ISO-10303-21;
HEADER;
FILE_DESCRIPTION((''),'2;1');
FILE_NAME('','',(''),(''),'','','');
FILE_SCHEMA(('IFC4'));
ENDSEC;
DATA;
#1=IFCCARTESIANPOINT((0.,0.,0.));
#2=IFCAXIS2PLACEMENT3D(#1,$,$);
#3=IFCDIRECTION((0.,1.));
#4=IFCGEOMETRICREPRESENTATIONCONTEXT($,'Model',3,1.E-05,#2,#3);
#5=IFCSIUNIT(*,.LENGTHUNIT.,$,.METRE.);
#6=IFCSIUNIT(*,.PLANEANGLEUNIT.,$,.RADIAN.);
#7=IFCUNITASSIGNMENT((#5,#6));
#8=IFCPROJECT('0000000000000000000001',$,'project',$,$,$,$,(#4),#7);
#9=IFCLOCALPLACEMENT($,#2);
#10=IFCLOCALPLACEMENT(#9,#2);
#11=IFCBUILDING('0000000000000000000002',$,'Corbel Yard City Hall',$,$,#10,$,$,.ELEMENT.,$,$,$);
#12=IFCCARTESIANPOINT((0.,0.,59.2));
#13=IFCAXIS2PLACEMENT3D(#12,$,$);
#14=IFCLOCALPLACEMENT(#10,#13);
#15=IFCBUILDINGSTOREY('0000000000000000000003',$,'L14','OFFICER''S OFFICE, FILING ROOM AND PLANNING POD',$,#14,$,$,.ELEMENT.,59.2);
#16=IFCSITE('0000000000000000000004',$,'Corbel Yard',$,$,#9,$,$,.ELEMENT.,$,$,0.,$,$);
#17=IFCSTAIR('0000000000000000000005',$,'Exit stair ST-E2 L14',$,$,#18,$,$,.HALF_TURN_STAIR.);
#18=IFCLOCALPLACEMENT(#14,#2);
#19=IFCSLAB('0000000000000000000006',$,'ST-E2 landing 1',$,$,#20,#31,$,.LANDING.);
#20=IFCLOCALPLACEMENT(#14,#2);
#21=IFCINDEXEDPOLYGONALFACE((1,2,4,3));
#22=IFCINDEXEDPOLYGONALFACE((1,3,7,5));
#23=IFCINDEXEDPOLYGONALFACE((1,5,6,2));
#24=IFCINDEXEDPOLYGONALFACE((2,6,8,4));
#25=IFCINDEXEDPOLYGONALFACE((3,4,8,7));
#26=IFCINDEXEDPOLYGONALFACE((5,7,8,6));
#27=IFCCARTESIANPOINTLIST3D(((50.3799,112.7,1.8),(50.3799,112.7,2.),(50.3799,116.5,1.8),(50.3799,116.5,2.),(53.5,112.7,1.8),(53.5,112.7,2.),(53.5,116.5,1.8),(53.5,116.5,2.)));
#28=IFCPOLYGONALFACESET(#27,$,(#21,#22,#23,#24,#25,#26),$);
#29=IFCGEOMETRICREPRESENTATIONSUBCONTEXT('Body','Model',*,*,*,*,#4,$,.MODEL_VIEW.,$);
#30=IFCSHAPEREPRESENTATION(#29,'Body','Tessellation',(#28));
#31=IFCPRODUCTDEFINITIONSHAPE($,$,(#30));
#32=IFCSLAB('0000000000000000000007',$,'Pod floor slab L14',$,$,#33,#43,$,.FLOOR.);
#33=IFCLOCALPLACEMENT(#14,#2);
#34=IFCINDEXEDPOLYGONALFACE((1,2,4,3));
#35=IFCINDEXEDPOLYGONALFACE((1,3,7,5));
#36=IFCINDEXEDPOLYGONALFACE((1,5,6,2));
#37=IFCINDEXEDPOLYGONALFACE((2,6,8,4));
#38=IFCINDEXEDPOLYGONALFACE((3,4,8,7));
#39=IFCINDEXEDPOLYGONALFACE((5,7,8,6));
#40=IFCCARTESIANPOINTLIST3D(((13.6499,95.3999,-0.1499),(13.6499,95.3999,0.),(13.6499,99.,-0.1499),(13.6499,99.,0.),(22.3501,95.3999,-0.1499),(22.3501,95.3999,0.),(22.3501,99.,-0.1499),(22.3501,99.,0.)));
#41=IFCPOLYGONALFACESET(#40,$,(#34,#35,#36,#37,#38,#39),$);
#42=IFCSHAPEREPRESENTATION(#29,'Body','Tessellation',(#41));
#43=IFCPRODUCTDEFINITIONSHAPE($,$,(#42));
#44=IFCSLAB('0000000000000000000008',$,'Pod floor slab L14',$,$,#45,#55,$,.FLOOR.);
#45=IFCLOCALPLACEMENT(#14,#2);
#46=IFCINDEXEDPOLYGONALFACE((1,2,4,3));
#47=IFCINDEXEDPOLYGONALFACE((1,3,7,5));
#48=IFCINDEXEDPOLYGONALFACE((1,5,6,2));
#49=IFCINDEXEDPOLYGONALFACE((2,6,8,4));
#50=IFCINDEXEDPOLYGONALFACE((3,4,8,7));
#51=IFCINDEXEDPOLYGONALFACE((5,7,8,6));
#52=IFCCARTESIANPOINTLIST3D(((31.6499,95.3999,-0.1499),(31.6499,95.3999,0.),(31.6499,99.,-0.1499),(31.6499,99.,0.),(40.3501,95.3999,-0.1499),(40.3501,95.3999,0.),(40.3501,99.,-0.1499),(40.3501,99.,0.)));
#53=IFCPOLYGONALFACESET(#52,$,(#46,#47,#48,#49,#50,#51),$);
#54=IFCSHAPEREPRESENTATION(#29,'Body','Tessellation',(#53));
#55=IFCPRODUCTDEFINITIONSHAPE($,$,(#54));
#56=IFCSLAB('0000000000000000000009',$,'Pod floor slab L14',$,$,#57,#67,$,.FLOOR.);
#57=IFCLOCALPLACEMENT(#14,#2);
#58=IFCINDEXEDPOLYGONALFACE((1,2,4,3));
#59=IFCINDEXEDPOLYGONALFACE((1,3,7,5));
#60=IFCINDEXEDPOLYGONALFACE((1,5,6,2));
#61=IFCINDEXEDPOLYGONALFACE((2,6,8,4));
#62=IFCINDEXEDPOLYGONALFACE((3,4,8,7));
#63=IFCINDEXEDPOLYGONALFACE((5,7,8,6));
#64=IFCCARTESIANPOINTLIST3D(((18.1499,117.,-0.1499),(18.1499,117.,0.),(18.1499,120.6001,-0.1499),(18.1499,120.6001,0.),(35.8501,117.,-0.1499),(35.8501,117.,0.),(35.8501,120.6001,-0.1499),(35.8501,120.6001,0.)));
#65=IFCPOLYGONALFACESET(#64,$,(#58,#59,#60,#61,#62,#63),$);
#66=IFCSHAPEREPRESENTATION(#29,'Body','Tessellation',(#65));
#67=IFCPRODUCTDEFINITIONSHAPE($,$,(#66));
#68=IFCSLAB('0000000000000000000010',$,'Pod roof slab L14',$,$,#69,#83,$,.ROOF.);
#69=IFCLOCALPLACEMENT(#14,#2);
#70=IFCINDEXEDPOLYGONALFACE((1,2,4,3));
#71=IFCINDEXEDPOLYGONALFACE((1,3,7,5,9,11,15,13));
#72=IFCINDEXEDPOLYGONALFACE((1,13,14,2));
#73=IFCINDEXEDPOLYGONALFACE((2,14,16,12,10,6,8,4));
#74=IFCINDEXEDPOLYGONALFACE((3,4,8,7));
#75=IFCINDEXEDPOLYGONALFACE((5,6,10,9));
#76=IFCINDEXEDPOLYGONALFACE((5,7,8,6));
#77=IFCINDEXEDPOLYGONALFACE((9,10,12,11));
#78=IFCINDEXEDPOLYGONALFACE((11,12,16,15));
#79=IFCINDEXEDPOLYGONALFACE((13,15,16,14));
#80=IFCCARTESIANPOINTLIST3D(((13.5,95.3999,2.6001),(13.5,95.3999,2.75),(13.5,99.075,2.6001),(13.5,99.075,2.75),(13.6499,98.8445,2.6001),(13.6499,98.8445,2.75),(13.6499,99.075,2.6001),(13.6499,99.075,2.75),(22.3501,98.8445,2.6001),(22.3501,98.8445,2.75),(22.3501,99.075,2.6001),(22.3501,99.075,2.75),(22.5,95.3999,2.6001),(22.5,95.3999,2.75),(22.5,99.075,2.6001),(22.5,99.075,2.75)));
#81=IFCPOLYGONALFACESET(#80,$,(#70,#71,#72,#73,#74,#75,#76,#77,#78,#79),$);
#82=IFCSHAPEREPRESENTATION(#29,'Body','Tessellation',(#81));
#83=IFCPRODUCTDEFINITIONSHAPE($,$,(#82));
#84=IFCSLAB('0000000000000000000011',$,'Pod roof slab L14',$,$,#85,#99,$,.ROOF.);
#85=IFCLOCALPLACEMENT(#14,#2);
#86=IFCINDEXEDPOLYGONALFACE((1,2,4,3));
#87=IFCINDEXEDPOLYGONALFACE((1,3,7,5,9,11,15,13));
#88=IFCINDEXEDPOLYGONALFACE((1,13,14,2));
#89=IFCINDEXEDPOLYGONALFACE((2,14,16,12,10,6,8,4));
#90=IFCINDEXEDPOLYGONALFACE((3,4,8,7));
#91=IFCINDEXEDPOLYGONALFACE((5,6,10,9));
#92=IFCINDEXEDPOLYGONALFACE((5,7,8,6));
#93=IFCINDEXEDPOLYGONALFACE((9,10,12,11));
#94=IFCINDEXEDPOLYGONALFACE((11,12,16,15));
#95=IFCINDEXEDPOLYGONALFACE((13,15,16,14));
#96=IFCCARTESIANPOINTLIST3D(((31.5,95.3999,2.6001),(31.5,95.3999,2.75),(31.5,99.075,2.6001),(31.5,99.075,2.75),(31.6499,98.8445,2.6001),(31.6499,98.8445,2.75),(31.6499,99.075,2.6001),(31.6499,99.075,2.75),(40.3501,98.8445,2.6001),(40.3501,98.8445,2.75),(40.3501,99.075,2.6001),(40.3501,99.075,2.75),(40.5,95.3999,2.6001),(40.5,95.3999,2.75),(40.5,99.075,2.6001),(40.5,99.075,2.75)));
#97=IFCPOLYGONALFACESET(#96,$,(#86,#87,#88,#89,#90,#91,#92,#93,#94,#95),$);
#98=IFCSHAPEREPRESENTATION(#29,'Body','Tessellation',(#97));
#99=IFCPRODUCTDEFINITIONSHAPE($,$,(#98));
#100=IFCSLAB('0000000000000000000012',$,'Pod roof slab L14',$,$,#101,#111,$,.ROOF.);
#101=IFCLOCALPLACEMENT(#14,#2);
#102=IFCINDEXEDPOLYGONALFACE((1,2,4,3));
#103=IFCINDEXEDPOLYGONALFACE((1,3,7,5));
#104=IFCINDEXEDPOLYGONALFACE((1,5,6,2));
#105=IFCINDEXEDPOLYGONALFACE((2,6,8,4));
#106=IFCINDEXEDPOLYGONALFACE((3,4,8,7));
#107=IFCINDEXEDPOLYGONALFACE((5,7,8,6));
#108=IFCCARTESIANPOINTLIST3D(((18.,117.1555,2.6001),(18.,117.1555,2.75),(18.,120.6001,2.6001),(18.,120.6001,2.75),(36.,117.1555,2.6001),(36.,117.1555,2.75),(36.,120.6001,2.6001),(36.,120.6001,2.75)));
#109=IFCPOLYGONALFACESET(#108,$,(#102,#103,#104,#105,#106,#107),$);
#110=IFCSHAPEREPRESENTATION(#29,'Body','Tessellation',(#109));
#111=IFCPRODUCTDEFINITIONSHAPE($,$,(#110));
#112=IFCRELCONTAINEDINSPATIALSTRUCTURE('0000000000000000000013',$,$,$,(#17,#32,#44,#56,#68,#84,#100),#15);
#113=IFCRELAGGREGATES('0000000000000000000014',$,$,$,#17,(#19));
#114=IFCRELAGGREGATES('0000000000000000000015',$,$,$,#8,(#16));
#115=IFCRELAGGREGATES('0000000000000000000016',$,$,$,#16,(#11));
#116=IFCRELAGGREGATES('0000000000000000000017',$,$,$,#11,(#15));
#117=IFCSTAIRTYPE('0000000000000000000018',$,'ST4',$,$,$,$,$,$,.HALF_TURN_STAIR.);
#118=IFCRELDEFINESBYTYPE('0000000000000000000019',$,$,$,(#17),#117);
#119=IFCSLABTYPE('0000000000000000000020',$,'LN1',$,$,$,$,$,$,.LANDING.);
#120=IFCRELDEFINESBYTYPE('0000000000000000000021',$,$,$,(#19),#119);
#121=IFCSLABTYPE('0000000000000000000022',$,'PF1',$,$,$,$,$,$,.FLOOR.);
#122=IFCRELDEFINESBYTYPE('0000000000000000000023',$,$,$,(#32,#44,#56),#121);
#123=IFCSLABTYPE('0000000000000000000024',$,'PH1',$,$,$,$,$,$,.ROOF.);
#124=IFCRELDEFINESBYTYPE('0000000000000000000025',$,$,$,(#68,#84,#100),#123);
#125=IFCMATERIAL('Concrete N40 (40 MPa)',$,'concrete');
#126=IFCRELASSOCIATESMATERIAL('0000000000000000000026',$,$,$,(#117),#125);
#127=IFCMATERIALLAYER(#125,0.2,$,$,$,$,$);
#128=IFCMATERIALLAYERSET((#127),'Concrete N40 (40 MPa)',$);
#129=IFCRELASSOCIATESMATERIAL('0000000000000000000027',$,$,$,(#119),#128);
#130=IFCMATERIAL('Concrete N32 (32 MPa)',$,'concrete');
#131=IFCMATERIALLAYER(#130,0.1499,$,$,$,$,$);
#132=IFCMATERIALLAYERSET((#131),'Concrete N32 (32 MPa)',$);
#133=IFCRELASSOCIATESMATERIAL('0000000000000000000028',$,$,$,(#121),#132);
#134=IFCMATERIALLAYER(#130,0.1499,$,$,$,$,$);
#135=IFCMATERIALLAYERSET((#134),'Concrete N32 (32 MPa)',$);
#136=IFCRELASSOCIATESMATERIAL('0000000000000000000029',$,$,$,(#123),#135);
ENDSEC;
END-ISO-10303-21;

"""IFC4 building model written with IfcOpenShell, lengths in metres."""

from ifc_helpers import new_model, si_unit, direction, frame, origin, place, context, subcontext, project, spatial, polyline, outline, extrude, material, layer, layer_set, type_object, element, aggregate, save


model = new_model("IFC4")

# Units and contexts
model_context = context("Model", 3, precision=1e-05, world=origin(), true_north=direction((0.0, 1.0)))
body_context = subcontext(model_context, "Body", "Model", "MODEL_VIEW")
ifc_project = project(units=[si_unit("LENGTHUNIT", "METRE"), si_unit("PLANEANGLEUNIT", "RADIAN")], contexts=[model_context])

# Site, building, storey
site_placement = place(None, origin())
site = spatial("IfcSite", under=ifc_project, at=site_placement, Name="Corbel Yard", CompositionType="ELEMENT", RefElevation=0.0)
building_placement = place(site_placement, origin())
building = spatial("IfcBuilding", under=site, at=building_placement, Name="Corbel Yard City Hall", CompositionType="ELEMENT")
storey_placement = place(building_placement, frame((0.0, 0.0, 59.2)))
storey = spatial("IfcBuildingStorey", under=building, at=storey_placement, Name="L14", Description="OFFICER'S OFFICE, FILING ROOM AND PLANNING POD", CompositionType="ELEMENT", Elevation=59.2)

# Shared definitions
ifc_material_1 = material(Name="Concrete N40 (40 MPa)", Category="concrete")

# Stair, slab
stair_type = type_object("IfcStairType", Name="ST4", PredefinedType="HALF_TURN_STAIR", material=ifc_material_1)
ifc_layer_1 = layer(ifc_material_1, 0.2)
ifc_layer_set_1 = layer_set([ifc_layer_1], Name="Concrete N40 (40 MPa)")
slab_type_1 = type_object("IfcSlabType", Name="LN1", PredefinedType="LANDING", material=ifc_layer_set_1)
stair_1_placement = place(storey_placement, origin())
stair_1 = element("IfcStair", 1, at=stair_1_placement, inside=storey, type_object=stair_type, Name="Exit stair ST-E2 L14", PredefinedType="HALF_TURN_STAIR")
slab_1_placement = place(storey_placement, frame((0.0, 0.0, 1.8)))
slab_1 = element("IfcSlab", 2, at=slab_1_placement, type_object=slab_type_1, Name="ST-E2 landing 1", PredefinedType="LANDING", context=body_context, shape_type="SweptSolid", body=[
    extrude(outline(polyline([(50.3799, 112.7), (53.5, 112.7), (53.5, 116.5), (50.3799, 116.5), (50.3799, 112.7)])), origin(), (0.0, 0.0, 1.0), 0.2),
])
aggregate(stair_1, [slab_1])

# Slabs
ifc_material_2 = material(Name="Concrete N32 (32 MPa)", Category="concrete")
ifc_layer_2 = layer(ifc_material_2, 0.1499)
ifc_layer_set_2 = layer_set([ifc_layer_2], Name="Concrete N32 (32 MPa)")
slab_type_2 = type_object("IfcSlabType", Name="PF1", PredefinedType="FLOOR", material=ifc_layer_set_2)
slab_2_placement = place(storey_placement, frame((0.0, 0.0, -0.1499)))
element("IfcSlab", 3, at=slab_2_placement, inside=storey, type_object=slab_type_2, Name="Pod floor slab L14", PredefinedType="FLOOR", context=body_context, shape_type="SweptSolid", body=[
    extrude(outline(polyline([(13.6499, 95.3999), (22.3501, 95.3999), (22.3501, 99.0), (13.6499, 99.0), (13.6499, 95.3999)])), origin(), (0.0, 0.0, 1.0), 0.1499),
])
slab_3_placement = place(storey_placement, frame((0.0, 0.0, -0.1499)))
element("IfcSlab", 4, at=slab_3_placement, inside=storey, type_object=slab_type_2, Name="Pod floor slab L14", PredefinedType="FLOOR", context=body_context, shape_type="SweptSolid", body=[
    extrude(outline(polyline([(31.6499, 95.3999), (40.3501, 95.3999), (40.3501, 99.0), (31.6499, 99.0), (31.6499, 95.3999)])), origin(), (0.0, 0.0, 1.0), 0.1499),
])
slab_4_placement = place(storey_placement, frame((0.0, 0.0, -0.1499)))
element("IfcSlab", 5, at=slab_4_placement, inside=storey, type_object=slab_type_2, Name="Pod floor slab L14", PredefinedType="FLOOR", context=body_context, shape_type="SweptSolid", body=[
    extrude(outline(polyline([(18.1499, 117.0), (35.8501, 117.0), (35.8501, 120.6001), (18.1499, 120.6001), (18.1499, 117.0)])), origin(), (0.0, 0.0, 1.0), 0.1499),
])
ifc_layer_3 = layer(ifc_material_2, 0.1499)
ifc_layer_set_3 = layer_set([ifc_layer_3], Name="Concrete N32 (32 MPa)")
slab_type_3 = type_object("IfcSlabType", Name="PH1", PredefinedType="ROOF", material=ifc_layer_set_3)
slab_5_placement = place(storey_placement, frame((0.0, 0.0, 2.6001)))
element("IfcSlab", 6, at=slab_5_placement, inside=storey, type_object=slab_type_3, Name="Pod roof slab L14", PredefinedType="ROOF", context=body_context, shape_type="SweptSolid", body=[
    extrude(outline(polyline([(13.5, 95.3999), (22.5, 95.3999), (22.5, 99.075), (22.3501, 99.075), (22.3501, 98.8445), (13.6499, 98.8445), (13.6499, 99.075), (13.5, 99.075), (13.5, 95.3999)])), origin(), (0.0, 0.0, 1.0), 0.1499),
])
slab_6_placement = place(storey_placement, frame((0.0, 0.0, 2.6001)))
element("IfcSlab", 7, at=slab_6_placement, inside=storey, type_object=slab_type_3, Name="Pod roof slab L14", PredefinedType="ROOF", context=body_context, shape_type="SweptSolid", body=[
    extrude(outline(polyline([(31.5, 95.3999), (40.5, 95.3999), (40.5, 99.075), (40.3501, 99.075), (40.3501, 98.8445), (31.6499, 98.8445), (31.6499, 99.075), (31.5, 99.075), (31.5, 95.3999)])), origin(), (0.0, 0.0, 1.0), 0.1499),
])
slab_7_placement = place(storey_placement, frame((0.0, 0.0, 2.6001)))
element("IfcSlab", 8, at=slab_7_placement, inside=storey, type_object=slab_type_3, Name="Pod roof slab L14", PredefinedType="ROOF", context=body_context, shape_type="SweptSolid", body=[
    extrude(outline(polyline([(18.0, 120.6001), (18.0, 117.1555), (36.0, 117.1555), (36.0, 120.6001), (18.0, 120.6001)])), origin(), (0.0, 0.0, 1.0), 0.1499),
])

save(model, "model.ifc")
